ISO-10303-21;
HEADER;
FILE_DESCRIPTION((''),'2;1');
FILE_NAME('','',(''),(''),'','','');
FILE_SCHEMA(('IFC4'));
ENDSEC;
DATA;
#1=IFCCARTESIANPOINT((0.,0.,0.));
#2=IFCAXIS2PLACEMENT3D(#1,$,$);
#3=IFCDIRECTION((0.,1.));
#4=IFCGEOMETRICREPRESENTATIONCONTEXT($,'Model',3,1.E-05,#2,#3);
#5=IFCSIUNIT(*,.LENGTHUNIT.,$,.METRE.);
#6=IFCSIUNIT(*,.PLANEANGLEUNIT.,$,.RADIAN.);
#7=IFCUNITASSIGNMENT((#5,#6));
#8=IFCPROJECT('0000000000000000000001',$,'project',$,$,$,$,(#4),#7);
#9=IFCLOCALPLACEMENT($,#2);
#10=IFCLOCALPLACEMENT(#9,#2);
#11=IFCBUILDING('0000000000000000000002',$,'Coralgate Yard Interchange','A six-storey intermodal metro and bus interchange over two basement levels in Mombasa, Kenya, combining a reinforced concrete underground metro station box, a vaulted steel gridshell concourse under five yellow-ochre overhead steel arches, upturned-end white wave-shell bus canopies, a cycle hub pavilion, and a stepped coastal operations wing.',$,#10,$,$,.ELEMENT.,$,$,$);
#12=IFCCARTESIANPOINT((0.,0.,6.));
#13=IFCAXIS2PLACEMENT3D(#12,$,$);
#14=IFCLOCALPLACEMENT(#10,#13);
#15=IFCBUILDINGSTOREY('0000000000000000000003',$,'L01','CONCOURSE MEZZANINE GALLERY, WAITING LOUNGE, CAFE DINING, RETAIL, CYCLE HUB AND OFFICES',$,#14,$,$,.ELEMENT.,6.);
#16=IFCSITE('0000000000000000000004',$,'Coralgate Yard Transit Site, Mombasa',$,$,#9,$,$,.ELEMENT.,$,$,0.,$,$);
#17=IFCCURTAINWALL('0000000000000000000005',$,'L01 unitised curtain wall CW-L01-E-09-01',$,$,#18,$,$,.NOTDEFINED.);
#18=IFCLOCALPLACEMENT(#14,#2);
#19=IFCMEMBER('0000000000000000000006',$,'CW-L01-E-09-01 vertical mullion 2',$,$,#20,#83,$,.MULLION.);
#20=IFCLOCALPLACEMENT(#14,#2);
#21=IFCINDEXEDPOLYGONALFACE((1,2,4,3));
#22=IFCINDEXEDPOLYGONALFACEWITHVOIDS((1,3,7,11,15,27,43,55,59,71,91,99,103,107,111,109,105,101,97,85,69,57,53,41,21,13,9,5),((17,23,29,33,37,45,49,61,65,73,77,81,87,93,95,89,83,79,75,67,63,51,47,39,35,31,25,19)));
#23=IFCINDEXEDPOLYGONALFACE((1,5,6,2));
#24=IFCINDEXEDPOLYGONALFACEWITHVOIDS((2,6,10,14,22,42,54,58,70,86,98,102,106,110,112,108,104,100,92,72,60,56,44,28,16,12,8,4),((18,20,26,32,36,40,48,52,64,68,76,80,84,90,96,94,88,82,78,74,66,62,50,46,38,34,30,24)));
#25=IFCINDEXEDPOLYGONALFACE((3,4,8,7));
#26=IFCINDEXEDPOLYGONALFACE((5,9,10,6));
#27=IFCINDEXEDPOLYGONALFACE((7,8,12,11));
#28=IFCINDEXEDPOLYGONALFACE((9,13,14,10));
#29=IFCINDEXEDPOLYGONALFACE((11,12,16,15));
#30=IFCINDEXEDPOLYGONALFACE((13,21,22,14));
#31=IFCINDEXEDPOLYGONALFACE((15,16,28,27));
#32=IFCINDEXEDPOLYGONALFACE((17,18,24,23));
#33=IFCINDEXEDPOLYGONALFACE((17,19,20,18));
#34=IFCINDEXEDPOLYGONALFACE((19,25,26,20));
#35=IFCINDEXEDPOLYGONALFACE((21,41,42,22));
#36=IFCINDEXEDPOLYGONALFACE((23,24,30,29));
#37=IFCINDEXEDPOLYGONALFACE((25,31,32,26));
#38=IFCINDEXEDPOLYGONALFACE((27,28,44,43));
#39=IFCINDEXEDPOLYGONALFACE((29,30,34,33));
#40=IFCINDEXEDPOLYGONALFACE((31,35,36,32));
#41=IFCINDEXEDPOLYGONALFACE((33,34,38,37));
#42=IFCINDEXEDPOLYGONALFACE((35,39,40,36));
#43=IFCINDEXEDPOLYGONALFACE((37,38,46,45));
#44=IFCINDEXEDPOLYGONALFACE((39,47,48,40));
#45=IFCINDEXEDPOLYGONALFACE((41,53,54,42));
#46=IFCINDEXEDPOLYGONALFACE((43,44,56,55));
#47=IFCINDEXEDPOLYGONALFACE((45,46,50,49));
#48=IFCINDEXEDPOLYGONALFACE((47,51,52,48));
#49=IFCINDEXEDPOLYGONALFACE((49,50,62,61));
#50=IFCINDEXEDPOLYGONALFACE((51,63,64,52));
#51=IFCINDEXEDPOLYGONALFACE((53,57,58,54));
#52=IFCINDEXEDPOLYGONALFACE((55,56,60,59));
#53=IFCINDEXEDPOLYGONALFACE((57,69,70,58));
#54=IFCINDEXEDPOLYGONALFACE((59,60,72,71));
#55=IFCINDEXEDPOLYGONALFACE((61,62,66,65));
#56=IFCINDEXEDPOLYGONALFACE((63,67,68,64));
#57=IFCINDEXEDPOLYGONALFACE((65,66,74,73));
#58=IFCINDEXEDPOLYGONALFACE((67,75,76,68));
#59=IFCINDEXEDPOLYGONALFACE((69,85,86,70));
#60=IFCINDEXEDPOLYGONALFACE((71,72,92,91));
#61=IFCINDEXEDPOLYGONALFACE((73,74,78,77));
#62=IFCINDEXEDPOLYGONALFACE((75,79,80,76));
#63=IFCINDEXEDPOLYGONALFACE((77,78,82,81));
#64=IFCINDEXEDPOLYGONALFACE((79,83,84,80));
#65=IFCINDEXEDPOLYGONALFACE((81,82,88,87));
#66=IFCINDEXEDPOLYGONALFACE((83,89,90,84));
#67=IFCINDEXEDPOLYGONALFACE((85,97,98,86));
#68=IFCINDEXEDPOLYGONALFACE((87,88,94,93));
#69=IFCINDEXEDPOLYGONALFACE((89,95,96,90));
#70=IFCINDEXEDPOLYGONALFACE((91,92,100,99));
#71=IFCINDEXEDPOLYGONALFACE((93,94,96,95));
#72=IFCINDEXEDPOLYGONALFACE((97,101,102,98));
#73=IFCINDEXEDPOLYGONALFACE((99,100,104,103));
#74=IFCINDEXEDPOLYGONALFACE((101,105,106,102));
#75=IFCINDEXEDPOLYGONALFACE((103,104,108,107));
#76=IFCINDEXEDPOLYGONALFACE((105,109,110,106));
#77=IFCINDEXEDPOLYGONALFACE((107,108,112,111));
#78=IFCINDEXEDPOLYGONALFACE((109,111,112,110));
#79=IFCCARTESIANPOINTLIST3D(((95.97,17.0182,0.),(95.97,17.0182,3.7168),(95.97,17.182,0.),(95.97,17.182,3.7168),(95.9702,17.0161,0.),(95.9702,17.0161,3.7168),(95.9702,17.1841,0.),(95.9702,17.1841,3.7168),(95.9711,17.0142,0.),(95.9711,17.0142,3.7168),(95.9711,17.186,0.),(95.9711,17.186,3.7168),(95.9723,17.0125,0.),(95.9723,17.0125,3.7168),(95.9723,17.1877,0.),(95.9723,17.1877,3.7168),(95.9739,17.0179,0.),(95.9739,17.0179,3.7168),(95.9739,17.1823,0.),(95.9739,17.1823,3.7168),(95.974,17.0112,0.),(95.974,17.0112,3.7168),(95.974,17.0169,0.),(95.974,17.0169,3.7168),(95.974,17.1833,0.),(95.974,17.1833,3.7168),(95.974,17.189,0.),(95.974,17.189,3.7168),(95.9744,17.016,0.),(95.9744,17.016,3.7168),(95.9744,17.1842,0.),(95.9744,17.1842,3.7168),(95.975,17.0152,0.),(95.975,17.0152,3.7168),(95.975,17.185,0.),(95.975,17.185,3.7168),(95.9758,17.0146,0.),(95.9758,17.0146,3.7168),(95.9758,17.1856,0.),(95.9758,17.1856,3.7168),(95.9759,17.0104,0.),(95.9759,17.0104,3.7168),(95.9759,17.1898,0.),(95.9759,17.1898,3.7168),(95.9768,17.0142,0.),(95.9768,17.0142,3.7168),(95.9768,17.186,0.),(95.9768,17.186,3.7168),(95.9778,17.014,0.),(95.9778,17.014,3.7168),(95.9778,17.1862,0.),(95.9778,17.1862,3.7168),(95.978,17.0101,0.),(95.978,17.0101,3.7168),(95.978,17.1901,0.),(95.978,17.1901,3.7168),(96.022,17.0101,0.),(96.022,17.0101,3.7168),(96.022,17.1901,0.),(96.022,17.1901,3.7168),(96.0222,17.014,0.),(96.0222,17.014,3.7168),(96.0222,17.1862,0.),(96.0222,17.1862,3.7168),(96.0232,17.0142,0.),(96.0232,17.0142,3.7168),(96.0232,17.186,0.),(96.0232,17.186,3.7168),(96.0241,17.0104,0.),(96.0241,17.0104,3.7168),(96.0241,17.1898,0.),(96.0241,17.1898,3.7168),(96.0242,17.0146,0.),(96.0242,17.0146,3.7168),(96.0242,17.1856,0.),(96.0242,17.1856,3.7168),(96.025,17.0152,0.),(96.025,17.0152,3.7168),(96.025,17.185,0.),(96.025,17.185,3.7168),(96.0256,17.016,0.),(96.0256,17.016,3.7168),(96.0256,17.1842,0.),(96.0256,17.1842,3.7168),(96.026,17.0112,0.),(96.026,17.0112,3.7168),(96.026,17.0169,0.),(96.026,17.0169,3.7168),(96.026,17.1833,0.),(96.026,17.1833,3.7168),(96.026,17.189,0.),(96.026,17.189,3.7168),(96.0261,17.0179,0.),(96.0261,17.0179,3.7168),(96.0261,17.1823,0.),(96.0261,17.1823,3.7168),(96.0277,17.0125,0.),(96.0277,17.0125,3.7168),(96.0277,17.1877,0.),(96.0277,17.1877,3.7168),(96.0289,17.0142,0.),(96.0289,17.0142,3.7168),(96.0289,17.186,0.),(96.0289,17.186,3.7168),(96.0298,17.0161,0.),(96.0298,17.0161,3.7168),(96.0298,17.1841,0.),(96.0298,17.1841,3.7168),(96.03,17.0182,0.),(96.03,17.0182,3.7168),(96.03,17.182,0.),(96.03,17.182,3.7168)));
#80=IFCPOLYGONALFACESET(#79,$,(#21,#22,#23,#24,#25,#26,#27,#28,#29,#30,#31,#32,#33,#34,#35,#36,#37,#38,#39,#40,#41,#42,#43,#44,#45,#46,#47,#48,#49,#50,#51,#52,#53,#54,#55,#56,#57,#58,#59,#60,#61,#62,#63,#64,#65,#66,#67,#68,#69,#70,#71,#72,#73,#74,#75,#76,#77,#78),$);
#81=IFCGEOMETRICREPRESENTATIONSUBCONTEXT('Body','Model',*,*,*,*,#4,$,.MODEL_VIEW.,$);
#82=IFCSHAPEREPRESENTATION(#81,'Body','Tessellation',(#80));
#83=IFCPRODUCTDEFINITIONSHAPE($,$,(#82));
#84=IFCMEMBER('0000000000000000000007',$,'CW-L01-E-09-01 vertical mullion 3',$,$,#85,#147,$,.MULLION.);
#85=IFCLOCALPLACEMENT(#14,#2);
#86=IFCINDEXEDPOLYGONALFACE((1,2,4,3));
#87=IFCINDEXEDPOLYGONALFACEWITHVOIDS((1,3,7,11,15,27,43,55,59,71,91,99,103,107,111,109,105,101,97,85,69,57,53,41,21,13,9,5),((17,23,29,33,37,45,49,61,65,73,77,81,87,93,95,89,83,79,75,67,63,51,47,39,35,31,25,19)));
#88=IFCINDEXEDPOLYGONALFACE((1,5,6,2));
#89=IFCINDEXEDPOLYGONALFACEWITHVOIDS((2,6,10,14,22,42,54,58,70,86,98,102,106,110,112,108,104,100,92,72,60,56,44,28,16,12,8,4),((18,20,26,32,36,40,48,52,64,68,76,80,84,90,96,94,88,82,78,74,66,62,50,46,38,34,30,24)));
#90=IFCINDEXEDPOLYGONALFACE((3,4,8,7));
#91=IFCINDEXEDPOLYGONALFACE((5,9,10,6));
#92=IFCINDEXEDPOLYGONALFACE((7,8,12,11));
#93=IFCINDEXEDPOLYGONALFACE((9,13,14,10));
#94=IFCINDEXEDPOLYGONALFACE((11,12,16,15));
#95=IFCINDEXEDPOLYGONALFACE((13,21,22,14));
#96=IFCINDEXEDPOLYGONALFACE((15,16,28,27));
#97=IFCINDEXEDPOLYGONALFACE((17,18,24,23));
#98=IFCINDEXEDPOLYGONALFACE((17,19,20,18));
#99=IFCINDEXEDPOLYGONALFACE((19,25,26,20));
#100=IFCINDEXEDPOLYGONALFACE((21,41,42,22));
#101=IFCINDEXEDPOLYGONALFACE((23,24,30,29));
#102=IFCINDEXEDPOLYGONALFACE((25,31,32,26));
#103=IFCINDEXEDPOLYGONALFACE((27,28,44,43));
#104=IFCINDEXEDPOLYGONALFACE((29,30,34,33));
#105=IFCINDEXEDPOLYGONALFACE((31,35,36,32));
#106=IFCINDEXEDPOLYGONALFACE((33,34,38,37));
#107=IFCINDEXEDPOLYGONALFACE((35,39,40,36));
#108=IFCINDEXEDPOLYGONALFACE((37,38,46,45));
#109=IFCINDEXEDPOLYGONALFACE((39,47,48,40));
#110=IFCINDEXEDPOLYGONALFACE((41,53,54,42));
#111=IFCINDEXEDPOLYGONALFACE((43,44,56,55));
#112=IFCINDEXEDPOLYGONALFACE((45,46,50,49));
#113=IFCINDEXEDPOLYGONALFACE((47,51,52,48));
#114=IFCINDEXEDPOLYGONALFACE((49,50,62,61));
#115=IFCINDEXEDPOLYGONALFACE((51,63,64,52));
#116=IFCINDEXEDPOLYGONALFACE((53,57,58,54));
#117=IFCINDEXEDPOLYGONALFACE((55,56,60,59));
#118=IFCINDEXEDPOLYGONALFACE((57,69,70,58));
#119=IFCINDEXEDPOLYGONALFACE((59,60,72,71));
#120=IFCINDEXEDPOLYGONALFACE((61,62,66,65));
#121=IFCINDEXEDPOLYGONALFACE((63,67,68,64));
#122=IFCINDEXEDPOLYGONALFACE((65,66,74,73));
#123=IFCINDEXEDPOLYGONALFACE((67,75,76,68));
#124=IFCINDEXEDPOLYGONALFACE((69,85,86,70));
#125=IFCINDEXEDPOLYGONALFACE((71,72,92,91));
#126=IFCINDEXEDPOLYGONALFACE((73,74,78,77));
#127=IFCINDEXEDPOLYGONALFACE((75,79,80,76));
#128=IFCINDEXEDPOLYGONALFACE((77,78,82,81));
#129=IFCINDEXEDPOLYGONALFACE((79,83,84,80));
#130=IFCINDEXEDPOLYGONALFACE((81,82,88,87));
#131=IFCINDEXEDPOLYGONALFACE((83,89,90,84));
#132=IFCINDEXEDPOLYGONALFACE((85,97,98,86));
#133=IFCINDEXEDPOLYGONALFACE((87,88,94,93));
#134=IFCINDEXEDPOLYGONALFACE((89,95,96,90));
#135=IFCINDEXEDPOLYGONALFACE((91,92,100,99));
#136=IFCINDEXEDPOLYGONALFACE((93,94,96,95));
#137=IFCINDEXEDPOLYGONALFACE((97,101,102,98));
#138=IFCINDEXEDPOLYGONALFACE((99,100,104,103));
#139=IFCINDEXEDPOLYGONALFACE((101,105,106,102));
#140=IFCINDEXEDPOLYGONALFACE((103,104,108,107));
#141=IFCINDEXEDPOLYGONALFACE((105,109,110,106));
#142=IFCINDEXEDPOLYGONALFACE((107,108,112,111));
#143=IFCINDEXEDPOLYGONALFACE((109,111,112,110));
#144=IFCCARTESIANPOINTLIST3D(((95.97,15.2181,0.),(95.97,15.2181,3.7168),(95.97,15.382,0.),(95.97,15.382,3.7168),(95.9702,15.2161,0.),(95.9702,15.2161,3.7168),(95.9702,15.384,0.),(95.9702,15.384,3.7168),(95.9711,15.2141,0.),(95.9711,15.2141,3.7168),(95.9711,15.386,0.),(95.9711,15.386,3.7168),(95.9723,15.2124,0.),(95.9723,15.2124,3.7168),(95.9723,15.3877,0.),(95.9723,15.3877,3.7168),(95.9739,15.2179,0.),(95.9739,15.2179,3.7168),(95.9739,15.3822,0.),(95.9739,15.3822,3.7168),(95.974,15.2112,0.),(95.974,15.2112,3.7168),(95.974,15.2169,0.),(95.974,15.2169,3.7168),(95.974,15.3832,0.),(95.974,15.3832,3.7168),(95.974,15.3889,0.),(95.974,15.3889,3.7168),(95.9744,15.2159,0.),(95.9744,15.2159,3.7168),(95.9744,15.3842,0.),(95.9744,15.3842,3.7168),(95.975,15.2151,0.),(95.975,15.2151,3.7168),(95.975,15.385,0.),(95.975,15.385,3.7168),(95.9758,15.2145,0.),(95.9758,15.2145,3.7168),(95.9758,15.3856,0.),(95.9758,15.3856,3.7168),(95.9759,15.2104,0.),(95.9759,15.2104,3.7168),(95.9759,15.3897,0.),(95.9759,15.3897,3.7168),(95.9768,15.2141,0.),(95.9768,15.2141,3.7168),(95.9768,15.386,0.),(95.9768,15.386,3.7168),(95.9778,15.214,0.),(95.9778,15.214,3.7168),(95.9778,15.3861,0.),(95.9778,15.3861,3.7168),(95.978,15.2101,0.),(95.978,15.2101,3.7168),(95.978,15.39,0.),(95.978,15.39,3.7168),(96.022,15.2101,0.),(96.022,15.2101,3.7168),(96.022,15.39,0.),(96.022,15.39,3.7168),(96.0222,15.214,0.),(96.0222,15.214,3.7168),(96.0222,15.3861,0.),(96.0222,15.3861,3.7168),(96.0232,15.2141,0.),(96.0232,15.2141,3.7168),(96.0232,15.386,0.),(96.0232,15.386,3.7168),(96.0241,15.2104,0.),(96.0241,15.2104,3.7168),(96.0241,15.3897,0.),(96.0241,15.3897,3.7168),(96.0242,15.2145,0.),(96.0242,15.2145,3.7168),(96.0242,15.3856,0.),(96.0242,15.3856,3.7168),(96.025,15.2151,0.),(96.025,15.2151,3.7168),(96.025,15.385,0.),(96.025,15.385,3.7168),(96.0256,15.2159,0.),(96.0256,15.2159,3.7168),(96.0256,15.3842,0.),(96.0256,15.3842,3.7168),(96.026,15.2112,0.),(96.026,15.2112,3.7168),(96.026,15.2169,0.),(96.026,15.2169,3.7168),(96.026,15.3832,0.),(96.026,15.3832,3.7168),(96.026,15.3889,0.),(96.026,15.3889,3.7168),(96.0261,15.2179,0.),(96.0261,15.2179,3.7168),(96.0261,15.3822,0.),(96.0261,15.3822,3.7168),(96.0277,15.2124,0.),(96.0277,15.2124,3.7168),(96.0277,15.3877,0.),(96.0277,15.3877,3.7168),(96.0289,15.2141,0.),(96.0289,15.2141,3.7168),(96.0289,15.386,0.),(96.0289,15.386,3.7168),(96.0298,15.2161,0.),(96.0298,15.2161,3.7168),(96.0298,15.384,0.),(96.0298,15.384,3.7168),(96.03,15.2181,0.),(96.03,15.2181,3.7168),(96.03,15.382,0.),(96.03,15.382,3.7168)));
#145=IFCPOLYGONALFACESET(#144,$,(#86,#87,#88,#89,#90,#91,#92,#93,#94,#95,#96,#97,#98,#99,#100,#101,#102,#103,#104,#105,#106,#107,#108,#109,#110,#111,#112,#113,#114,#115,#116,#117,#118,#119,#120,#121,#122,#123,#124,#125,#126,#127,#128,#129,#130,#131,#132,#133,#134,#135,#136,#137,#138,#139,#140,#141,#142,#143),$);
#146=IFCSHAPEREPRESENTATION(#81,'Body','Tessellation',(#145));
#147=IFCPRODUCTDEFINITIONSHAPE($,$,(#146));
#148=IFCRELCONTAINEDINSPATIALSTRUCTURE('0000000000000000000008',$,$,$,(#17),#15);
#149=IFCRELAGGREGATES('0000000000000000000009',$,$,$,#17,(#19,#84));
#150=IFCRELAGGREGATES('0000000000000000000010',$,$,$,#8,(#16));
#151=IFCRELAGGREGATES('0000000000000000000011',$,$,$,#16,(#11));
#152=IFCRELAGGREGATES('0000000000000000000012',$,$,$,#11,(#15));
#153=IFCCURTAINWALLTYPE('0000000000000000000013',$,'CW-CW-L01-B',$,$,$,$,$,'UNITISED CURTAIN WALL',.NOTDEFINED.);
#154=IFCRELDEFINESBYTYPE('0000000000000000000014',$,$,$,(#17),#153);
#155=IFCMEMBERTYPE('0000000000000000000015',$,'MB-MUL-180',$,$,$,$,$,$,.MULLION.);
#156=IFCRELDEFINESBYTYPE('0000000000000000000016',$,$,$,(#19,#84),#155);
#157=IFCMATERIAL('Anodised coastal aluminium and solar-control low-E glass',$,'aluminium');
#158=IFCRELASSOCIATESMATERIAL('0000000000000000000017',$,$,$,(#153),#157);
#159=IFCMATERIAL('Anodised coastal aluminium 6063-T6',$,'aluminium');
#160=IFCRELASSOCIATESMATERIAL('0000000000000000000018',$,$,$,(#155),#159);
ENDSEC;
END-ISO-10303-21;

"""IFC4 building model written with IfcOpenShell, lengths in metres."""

from ifc_helpers import new_model, si_unit, direction, frame, origin, origin_2d, place, context, subcontext, project, spatial, hollow_rectangle, extrude, material, material_profile, profile_set, type_object, element, aggregate, save


model = new_model("IFC4")

# Units and contexts
model_context = context("Model", 3, precision=1e-05, world=origin(), true_north=direction((0.0, 1.0)))
body_context = subcontext(model_context, "Body", "Model", "MODEL_VIEW")
ifc_project = project(units=[si_unit("LENGTHUNIT", "METRE"), si_unit("PLANEANGLEUNIT", "RADIAN")], contexts=[model_context])

# Site, building, storey
site_placement = place(None, origin())
site = spatial("IfcSite", under=ifc_project, at=site_placement, Name="Coralgate Yard Transit Site, Mombasa", CompositionType="ELEMENT", RefElevation=0.0)
building_placement = place(site_placement, origin())
building = spatial("IfcBuilding", under=site, at=building_placement, Name="Coralgate Yard Interchange", Description="A six-storey intermodal metro and bus interchange over two basement levels in Mombasa, Kenya, combining a reinforced concrete underground metro station box, a vaulted steel gridshell concourse under five yellow-ochre overhead steel arches, upturned-end white wave-shell bus canopies, a cycle hub pavilion, and a stepped coastal operations wing.", CompositionType="ELEMENT")
storey_placement = place(building_placement, frame((0.0, 0.0, 6.0)))
storey = spatial("IfcBuildingStorey", under=building, at=storey_placement, Name="L01", Description="CONCOURSE MEZZANINE GALLERY, WAITING LOUNGE, CAFE DINING, RETAIL, CYCLE HUB AND OFFICES", CompositionType="ELEMENT", Elevation=6.0)

# Shared definitions
ifc_material_1 = material(Name="Anodised coastal aluminium and solar-control low-E glass", Category="aluminium")
curtain_wall_type_1 = type_object("IfcCurtainWallType", Name="CW-CW-L01-B", ElementType="UNITISED CURTAIN WALL", PredefinedType="NOTDEFINED", material=ifc_material_1)
ifc_material_2 = material(Name="Anodised coastal aluminium 6063-T6", Category="aluminium")
ifc_material_profile_1 = material_profile(ifc_material_2, hollow_rectangle(XDim=0.0601, YDim=0.1799, WallThickness=0.0039, InnerFilletRadius=0.0039, OuterFilletRadius=0.0081, at=origin_2d()), Name="ALU 60x180x4")
ifc_profile_set_1 = profile_set([ifc_material_profile_1], Name="Anodised coastal aluminium 6063-T6")
member_type_1 = type_object("IfcMemberType", Name="MB-MUL-180", PredefinedType="MULLION", material=ifc_profile_set_1)

# Curtain wall, members
curtain_wall_1_placement = place(storey_placement, origin())
curtain_wall_1 = element("IfcCurtainWall", 1, at=curtain_wall_1_placement, inside=storey, type_object=curtain_wall_type_1, Name="L01 unitised curtain wall CW-L01-E-09-01", PredefinedType="NOTDEFINED")
member_1_placement = place(storey_placement, frame((96.0, 17.1001, 0.0), z_axis=(0.0, 0.0, 1.0), x_axis=(1.0, 0.0, 0.0)))
member_1 = element("IfcMember", 2, at=member_1_placement, type_object=member_type_1, Name="CW-L01-E-09-01 vertical mullion 2", PredefinedType="MULLION", context=body_context, shape_type="SweptSolid", body=[
    extrude(hollow_rectangle(XDim=0.0601, YDim=0.1799, WallThickness=0.0039, InnerFilletRadius=0.0039, OuterFilletRadius=0.0081, at=origin_2d()), origin(), (0.0, 0.0, 1.0), 3.7168),
])
member_2_placement = place(storey_placement, frame((96.0, 15.3, 0.0), z_axis=(0.0, 0.0, 1.0), x_axis=(1.0, 0.0, 0.0)))
member_2 = element("IfcMember", 3, at=member_2_placement, type_object=member_type_1, Name="CW-L01-E-09-01 vertical mullion 3", PredefinedType="MULLION", context=body_context, shape_type="SweptSolid", body=[
    extrude(hollow_rectangle(XDim=0.0601, YDim=0.1799, WallThickness=0.0039, InnerFilletRadius=0.0039, OuterFilletRadius=0.0081, at=origin_2d()), origin(), (0.0, 0.0, 1.0), 3.7168),
])

aggregate(curtain_wall_1, [member_1, member_2])

save(model, "model.ifc")
